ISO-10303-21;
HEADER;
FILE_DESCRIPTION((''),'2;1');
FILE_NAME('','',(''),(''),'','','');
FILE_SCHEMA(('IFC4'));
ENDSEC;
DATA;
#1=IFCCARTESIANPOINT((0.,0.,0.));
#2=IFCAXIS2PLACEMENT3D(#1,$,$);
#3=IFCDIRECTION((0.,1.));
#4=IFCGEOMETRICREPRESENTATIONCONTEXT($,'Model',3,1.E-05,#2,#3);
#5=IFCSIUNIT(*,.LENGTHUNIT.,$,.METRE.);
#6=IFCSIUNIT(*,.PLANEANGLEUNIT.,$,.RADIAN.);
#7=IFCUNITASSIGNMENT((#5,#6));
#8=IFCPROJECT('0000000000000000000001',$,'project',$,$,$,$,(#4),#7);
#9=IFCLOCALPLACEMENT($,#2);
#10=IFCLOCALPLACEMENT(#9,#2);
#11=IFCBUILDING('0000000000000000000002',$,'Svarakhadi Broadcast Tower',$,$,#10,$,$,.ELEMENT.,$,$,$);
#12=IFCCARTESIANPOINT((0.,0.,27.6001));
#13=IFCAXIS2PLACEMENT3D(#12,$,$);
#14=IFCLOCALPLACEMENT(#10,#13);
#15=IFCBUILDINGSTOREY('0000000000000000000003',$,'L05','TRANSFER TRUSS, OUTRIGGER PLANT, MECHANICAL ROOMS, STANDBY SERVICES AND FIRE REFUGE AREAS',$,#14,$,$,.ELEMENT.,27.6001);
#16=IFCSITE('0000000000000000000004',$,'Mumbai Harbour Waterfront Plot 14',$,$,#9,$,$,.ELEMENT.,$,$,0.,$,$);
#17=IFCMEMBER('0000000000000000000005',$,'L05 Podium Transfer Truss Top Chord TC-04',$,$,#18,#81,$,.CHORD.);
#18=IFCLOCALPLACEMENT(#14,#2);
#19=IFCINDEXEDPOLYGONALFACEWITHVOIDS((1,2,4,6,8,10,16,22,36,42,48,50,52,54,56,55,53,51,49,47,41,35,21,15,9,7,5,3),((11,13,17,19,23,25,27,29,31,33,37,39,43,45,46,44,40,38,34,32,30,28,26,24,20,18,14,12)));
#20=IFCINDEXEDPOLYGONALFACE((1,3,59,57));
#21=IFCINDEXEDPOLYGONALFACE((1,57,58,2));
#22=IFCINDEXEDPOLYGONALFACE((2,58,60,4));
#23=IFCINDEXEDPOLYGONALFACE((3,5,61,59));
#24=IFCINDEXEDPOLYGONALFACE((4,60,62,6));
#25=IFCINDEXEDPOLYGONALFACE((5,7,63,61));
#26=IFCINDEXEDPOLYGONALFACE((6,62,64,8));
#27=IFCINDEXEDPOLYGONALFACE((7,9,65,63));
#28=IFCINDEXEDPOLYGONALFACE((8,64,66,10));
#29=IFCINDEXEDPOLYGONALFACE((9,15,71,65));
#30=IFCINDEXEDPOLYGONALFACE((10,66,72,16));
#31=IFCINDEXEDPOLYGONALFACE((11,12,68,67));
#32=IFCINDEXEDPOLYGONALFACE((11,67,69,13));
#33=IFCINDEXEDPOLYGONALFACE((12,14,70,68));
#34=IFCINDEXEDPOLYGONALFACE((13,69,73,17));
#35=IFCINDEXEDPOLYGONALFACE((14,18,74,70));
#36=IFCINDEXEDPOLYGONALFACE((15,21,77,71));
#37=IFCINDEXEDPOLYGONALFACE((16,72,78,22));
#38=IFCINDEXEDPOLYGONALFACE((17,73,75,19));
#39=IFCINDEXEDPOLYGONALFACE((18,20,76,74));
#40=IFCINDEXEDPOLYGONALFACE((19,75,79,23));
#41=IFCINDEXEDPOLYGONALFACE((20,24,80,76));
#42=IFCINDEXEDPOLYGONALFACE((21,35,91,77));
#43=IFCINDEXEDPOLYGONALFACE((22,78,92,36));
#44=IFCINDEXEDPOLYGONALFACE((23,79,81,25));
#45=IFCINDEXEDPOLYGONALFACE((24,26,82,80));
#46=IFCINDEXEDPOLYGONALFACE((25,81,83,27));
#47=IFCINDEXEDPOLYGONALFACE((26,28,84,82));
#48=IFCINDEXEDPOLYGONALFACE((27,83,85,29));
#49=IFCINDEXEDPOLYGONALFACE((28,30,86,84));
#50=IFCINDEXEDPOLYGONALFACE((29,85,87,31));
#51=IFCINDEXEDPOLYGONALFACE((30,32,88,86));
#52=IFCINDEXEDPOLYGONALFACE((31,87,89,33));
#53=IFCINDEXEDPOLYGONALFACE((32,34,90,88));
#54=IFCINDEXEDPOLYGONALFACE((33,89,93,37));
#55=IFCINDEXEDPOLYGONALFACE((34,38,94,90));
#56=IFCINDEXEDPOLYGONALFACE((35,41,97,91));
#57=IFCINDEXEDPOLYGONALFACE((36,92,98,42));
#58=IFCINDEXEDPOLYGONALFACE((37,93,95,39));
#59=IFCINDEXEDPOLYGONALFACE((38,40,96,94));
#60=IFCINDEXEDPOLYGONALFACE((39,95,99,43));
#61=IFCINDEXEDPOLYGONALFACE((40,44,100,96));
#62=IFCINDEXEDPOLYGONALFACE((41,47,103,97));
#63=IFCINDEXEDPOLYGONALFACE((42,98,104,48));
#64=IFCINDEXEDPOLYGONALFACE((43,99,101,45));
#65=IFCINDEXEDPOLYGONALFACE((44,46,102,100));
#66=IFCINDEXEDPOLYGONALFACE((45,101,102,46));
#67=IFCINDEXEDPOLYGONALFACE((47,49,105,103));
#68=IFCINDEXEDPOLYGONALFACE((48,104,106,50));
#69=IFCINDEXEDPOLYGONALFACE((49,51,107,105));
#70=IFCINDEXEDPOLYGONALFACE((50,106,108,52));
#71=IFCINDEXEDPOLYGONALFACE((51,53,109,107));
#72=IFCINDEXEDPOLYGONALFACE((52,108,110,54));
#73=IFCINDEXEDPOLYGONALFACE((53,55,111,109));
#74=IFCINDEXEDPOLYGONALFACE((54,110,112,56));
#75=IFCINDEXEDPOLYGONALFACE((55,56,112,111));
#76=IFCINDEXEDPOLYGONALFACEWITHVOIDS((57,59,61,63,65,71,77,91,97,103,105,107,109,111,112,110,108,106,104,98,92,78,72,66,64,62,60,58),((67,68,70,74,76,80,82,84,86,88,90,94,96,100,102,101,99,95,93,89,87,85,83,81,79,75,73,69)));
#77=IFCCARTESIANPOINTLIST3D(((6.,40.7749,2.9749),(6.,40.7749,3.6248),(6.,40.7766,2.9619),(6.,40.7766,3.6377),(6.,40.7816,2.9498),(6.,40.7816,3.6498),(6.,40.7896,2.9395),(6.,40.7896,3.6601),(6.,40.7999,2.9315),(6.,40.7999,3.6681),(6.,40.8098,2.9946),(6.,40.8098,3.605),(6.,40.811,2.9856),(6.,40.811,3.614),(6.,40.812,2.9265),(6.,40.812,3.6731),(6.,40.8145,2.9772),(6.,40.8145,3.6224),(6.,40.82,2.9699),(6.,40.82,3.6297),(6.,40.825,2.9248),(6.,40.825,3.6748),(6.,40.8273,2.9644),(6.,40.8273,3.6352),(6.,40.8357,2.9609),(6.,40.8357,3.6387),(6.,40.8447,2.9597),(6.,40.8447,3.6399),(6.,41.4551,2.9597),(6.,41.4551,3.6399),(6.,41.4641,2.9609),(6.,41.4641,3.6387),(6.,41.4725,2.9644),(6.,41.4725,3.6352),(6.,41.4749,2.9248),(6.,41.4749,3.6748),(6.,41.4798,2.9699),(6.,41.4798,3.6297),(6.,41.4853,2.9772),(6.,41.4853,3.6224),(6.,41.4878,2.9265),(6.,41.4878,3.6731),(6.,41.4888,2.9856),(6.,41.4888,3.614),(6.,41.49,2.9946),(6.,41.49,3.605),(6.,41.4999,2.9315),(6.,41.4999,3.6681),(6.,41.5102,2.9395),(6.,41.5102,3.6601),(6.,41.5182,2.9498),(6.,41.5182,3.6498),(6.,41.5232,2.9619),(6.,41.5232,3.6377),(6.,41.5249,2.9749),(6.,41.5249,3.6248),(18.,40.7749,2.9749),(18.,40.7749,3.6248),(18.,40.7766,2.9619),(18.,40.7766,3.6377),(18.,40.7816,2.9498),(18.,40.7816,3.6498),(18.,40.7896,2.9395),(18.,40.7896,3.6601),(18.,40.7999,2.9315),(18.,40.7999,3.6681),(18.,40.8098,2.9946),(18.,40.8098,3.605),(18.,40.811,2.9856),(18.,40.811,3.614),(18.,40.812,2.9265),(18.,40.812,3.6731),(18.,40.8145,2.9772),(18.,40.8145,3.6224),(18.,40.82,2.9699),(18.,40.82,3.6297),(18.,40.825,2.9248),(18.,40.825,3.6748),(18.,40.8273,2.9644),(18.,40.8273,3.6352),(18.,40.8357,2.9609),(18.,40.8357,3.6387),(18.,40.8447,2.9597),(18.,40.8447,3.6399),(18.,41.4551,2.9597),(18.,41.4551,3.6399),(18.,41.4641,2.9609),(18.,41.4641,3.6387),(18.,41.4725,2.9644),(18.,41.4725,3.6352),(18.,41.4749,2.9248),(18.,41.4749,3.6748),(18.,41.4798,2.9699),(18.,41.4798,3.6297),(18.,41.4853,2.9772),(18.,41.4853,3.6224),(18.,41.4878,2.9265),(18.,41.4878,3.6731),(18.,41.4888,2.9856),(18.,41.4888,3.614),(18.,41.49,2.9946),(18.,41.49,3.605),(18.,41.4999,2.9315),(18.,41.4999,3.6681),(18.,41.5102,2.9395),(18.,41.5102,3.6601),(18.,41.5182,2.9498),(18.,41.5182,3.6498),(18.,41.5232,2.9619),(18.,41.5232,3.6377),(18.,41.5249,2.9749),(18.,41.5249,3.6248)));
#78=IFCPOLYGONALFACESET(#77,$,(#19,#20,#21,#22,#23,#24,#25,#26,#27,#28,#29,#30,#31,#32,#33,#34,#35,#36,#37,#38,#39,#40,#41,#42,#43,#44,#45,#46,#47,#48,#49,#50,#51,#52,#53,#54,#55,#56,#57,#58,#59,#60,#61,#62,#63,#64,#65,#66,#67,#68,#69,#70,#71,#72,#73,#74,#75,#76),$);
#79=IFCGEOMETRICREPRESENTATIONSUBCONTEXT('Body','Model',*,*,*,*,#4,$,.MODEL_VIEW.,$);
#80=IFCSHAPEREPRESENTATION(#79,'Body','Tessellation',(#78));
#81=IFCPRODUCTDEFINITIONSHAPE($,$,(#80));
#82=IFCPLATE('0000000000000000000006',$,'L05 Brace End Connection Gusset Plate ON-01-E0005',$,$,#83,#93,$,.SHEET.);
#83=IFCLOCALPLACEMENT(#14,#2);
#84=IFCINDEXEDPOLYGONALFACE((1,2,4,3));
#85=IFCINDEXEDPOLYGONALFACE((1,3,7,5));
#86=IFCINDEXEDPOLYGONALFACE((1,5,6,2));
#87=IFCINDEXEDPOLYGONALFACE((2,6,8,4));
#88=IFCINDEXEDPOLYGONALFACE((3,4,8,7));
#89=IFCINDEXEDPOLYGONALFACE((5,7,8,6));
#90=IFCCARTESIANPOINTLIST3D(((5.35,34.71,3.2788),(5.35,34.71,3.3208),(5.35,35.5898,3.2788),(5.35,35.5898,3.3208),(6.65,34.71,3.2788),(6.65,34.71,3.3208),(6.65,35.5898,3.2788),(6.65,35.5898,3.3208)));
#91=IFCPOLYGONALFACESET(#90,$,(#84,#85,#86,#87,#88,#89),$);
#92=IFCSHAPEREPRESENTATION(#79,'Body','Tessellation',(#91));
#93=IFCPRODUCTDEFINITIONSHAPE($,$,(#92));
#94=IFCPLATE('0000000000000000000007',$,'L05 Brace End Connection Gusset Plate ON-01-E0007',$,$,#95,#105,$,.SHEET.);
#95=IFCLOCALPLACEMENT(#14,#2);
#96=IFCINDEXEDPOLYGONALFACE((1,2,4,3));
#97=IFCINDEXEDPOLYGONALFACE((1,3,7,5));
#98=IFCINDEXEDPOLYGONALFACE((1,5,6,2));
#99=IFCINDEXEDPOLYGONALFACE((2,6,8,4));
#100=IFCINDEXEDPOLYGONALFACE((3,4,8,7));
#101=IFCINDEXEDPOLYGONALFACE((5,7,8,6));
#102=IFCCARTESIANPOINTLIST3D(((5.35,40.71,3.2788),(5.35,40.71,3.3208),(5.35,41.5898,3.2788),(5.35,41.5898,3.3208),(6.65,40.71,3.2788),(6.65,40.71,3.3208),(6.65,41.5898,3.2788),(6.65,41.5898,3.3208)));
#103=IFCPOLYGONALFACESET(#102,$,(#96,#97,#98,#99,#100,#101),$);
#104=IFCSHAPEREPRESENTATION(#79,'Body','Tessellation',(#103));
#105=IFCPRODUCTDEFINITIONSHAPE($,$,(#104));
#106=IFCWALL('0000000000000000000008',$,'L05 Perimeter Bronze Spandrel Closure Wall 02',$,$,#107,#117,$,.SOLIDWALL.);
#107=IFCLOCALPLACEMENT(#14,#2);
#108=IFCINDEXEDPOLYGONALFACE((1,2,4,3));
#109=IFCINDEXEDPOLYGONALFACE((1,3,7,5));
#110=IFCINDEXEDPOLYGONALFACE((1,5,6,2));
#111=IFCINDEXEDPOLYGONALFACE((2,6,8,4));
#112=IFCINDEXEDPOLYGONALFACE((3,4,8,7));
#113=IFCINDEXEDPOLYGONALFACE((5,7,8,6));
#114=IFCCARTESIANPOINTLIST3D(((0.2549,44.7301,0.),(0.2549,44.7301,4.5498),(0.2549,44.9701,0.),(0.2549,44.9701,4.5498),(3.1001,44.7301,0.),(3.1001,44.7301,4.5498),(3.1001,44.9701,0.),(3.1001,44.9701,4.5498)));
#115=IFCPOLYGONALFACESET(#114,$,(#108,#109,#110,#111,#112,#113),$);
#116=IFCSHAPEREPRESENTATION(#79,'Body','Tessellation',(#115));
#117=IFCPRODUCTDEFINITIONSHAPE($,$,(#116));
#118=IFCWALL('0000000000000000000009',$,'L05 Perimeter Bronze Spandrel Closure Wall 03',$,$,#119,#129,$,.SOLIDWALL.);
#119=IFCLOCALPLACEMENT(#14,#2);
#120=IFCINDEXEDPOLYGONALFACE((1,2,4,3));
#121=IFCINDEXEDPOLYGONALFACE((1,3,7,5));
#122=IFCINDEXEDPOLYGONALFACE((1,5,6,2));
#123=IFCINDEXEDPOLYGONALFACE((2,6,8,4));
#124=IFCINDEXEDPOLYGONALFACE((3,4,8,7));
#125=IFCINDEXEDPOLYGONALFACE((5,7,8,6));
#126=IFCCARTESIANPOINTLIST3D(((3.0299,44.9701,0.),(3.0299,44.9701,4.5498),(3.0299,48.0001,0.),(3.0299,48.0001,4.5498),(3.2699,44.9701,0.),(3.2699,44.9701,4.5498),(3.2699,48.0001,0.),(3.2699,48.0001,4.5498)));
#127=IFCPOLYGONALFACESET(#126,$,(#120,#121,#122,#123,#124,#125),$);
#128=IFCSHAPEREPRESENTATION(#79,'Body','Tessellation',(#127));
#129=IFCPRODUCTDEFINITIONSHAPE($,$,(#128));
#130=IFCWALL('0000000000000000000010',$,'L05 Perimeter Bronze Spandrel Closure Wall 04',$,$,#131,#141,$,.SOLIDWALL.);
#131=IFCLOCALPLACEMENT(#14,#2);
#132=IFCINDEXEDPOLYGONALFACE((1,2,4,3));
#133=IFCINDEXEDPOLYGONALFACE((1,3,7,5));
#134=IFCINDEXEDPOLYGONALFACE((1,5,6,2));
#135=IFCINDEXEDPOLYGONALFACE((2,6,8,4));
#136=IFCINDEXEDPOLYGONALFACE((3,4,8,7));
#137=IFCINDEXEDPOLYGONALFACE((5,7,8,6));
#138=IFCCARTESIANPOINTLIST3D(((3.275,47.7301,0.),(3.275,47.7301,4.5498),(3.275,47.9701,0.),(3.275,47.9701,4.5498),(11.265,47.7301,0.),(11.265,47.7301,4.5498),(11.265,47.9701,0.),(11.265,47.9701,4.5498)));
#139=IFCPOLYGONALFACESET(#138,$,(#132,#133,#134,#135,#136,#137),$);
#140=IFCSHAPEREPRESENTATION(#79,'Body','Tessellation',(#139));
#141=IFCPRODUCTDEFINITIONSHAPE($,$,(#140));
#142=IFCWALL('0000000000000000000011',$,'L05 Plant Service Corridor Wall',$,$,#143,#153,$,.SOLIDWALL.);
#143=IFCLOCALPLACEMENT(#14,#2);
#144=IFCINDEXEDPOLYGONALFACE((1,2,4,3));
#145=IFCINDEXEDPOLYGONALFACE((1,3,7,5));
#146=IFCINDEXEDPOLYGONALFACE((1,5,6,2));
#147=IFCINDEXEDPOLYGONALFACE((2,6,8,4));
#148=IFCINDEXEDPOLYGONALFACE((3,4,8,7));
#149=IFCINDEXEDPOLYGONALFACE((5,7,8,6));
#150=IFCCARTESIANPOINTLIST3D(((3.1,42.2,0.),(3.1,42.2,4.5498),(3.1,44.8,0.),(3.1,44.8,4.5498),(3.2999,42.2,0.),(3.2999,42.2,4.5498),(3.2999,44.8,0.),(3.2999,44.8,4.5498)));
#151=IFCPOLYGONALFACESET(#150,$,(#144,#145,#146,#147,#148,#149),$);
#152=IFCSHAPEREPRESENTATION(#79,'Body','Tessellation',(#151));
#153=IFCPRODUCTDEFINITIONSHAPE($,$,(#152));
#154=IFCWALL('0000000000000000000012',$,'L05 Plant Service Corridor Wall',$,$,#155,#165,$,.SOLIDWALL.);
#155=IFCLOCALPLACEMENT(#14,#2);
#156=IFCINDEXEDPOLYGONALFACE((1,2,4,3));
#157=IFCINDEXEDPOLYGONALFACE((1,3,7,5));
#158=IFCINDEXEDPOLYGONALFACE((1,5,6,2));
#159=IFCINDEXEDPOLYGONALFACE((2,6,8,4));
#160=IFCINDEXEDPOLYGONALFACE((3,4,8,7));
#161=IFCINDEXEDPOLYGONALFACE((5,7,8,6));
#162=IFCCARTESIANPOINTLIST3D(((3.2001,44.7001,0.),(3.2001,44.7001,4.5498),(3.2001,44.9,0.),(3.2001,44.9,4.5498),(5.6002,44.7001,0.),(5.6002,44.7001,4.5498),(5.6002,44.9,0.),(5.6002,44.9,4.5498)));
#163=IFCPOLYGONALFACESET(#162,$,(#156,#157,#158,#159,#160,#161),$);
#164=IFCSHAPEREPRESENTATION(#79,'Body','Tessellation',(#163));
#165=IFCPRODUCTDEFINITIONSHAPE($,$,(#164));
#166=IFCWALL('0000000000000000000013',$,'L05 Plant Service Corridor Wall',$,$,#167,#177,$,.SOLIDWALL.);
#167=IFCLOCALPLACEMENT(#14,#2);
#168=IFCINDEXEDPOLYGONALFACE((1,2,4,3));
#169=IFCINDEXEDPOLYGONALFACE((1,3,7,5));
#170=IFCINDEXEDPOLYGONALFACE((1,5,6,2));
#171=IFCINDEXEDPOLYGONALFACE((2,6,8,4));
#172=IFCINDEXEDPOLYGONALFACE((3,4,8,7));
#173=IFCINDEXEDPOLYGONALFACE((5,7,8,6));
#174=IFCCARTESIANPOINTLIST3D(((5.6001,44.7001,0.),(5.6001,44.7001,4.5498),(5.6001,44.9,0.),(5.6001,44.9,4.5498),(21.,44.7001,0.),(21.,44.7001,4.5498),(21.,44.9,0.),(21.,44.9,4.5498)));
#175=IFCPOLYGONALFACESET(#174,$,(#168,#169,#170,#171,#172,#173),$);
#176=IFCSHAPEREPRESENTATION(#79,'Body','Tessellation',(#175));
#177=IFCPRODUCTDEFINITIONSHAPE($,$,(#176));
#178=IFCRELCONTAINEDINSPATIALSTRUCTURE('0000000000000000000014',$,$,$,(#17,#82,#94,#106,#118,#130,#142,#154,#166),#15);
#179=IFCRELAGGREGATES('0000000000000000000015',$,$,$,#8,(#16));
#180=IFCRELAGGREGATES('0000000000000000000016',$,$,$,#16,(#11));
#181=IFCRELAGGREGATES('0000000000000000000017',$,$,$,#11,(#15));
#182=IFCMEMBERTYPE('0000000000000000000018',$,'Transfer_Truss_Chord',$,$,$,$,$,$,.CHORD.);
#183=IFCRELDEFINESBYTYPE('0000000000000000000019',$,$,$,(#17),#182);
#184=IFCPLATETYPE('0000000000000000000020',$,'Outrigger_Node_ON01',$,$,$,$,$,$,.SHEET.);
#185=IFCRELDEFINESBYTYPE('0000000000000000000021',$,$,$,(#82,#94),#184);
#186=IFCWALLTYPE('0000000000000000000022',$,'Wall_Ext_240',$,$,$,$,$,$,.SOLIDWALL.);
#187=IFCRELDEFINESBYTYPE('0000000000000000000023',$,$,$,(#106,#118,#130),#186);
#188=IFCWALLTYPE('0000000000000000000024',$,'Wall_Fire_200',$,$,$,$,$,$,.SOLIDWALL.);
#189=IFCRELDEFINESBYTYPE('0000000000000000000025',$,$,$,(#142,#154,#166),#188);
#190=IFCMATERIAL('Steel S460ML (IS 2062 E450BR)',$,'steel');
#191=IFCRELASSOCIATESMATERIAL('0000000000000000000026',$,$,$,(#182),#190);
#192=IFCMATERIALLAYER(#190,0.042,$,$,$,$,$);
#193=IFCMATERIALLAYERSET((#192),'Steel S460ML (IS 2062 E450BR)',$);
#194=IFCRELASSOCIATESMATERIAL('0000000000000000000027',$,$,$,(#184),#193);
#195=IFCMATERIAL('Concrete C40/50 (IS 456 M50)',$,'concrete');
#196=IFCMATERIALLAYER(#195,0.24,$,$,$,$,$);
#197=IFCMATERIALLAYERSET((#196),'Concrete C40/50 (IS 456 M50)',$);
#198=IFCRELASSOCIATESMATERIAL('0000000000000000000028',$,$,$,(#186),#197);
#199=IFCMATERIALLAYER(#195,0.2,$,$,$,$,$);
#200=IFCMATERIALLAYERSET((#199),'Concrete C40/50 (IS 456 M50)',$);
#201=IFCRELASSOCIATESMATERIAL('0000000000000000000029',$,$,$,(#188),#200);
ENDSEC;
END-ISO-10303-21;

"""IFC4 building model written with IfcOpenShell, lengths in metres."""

from ifc_helpers import new_model, si_unit, direction, frame, frame_2d, origin, origin_2d, place, context, subcontext, project, spatial, rectangle, hollow_rectangle, extrude, material, layer, layer_set, material_profile, profile_set, type_object, element, save


model = new_model("IFC4")

# Units and contexts
model_context = context("Model", 3, precision=1e-05, world=origin(), true_north=direction((0.0, 1.0)))
body_context = subcontext(model_context, "Body", "Model", "MODEL_VIEW")
ifc_project = project(units=[si_unit("LENGTHUNIT", "METRE"), si_unit("PLANEANGLEUNIT", "RADIAN")], contexts=[model_context])

# Site, building, storey
site_placement = place(None, origin())
site = spatial("IfcSite", under=ifc_project, at=site_placement, Name="Mumbai Harbour Waterfront Plot 14", CompositionType="ELEMENT", RefElevation=0.0)
building_placement = place(site_placement, origin())
building = spatial("IfcBuilding", under=site, at=building_placement, Name="Svarakhadi Broadcast Tower", CompositionType="ELEMENT")
storey_placement = place(building_placement, frame((0.0, 0.0, 27.6001)))
storey = spatial("IfcBuildingStorey", under=building, at=storey_placement, Name="L05", Description="TRANSFER TRUSS, OUTRIGGER PLANT, MECHANICAL ROOMS, STANDBY SERVICES AND FIRE REFUGE AREAS", CompositionType="ELEMENT", Elevation=27.6001)

# Shared definitions
ifc_material_1 = material(Name="Steel S460ML (IS 2062 E450BR)", Category="steel")

# Member
ifc_material_profile_1 = material_profile(ifc_material_1, hollow_rectangle(XDim=0.75, YDim=0.75, WallThickness=0.0349, InnerFilletRadius=0.0349, OuterFilletRadius=0.05, at=origin_2d()), Name="BOX 750x750x35")
ifc_profile_set_1 = profile_set([ifc_material_profile_1], Name="Steel S460ML (IS 2062 E450BR)")
member_type_1 = type_object("IfcMemberType", Name="Transfer_Truss_Chord", PredefinedType="CHORD", material=ifc_profile_set_1)
member_1_placement = place(storey_placement, frame((6.0, 41.1499, 3.2998), z_axis=(1.0, 0.0, 0.0), x_axis=(0.0, 1.0, 0.0)))
element("IfcMember", 1, at=member_1_placement, inside=storey, type_object=member_type_1, Name="L05 Podium Transfer Truss Top Chord TC-04", PredefinedType="CHORD", context=body_context, shape_type="SweptSolid", body=[
    extrude(hollow_rectangle(XDim=0.75, YDim=0.75, WallThickness=0.0349, InnerFilletRadius=0.0349, OuterFilletRadius=0.05, at=origin_2d()), origin(), (0.0, 0.0, 1.0), 12.0),
])

# Plates
ifc_layer_1 = layer(ifc_material_1, 0.042)
ifc_layer_set_1 = layer_set([ifc_layer_1], Name="Steel S460ML (IS 2062 E450BR)")
plate_type = type_object("IfcPlateType", Name="Outrigger_Node_ON01", PredefinedType="SHEET", material=ifc_layer_set_1)
for number, where, z_axis, x_axis, name in (
    (2, (6.0, 35.1499, 3.2788), (0.0, 0.0, 1.0), (1.0, 0.0, 0.0), "L05 Brace End Connection Gusset Plate ON-01-E0005"),
    (3, (6.0, 41.1499, 3.2788), (0.0, 0.0, 1.0), (1.0, 0.0, 0.0), "L05 Brace End Connection Gusset Plate ON-01-E0007"),
):
    element("IfcPlate", number, at=place(storey_placement, frame(where, z_axis=z_axis, x_axis=x_axis)), inside=storey, type_object=plate_type, Name=name, PredefinedType="SHEET", context=body_context, shape_type="SweptSolid", body=[
        extrude(rectangle(XDim=1.3, YDim=0.8799, at=origin_2d()), origin(), (0.0, 0.0, 1.0), 0.042),
    ])

# Walls
ifc_material_2 = material(Name="Concrete C40/50 (IS 456 M50)", Category="concrete")
ifc_layer_2 = layer(ifc_material_2, 0.24)
ifc_layer_set_2 = layer_set([ifc_layer_2], Name="Concrete C40/50 (IS 456 M50)")
wall_type_1 = type_object("IfcWallType", Name="Wall_Ext_240", PredefinedType="SOLIDWALL", material=ifc_layer_set_2)
wall_1_placement = place(storey_placement, frame((0.2549, 44.8501, 0.0), z_axis=(0.0, 0.0, 1.0), x_axis=(1.0, 0.0, 0.0)))
element("IfcWall", 4, at=wall_1_placement, inside=storey, type_object=wall_type_1, Name="L05 Perimeter Bronze Spandrel Closure Wall 02", PredefinedType="SOLIDWALL", context=body_context, shape_type="SweptSolid", body=[
    extrude(rectangle(XDim=2.8452, YDim=0.24, at=frame_2d((1.4226, 0.0))), origin(), (0.0, 0.0, 1.0), 4.5498),
])
wall_2_placement = place(storey_placement, frame((3.1499, 44.97, 0.0), z_axis=(0.0, 0.0, 1.0), x_axis=(0.0, 1.0, 0.0)))
element("IfcWall", 5, at=wall_2_placement, inside=storey, type_object=wall_type_1, Name="L05 Perimeter Bronze Spandrel Closure Wall 03", PredefinedType="SOLIDWALL", context=body_context, shape_type="SweptSolid", body=[
    extrude(rectangle(XDim=3.03, YDim=0.24, at=frame_2d((1.5151, 0.0))), origin(), (0.0, 0.0, 1.0), 4.5498),
])
wall_3_placement = place(storey_placement, frame((3.2749, 47.8501, 0.0), z_axis=(0.0, 0.0, 1.0), x_axis=(1.0, 0.0, 0.0)))
element("IfcWall", 6, at=wall_3_placement, inside=storey, type_object=wall_type_1, Name="L05 Perimeter Bronze Spandrel Closure Wall 04", PredefinedType="SOLIDWALL", context=body_context, shape_type="SweptSolid", body=[
    extrude(rectangle(XDim=7.99, YDim=0.24, at=frame_2d((3.9951, 0.0))), origin(), (0.0, 0.0, 1.0), 4.5498),
])
ifc_layer_3 = layer(ifc_material_2, 0.2)
ifc_layer_set_3 = layer_set([ifc_layer_3], Name="Concrete C40/50 (IS 456 M50)")
wall_type_2 = type_object("IfcWallType", Name="Wall_Fire_200", PredefinedType="SOLIDWALL", material=ifc_layer_set_3)
wall_4_placement = place(storey_placement, frame((3.2, 42.2, 0.0), z_axis=(0.0, 0.0, 1.0), x_axis=(0.0, 1.0, 0.0)))
element("IfcWall", 7, at=wall_4_placement, inside=storey, type_object=wall_type_2, Name="L05 Plant Service Corridor Wall", PredefinedType="SOLIDWALL", context=body_context, shape_type="SweptSolid", body=[
    extrude(rectangle(XDim=2.6001, YDim=0.2, at=frame_2d((1.3, 0.0))), origin(), (0.0, 0.0, 1.0), 4.5498),
])
wall_5_placement = place(storey_placement, frame((3.2, 44.8, 0.0), z_axis=(0.0, 0.0, 1.0), x_axis=(1.0, 0.0, 0.0)))
element("IfcWall", 8, at=wall_5_placement, inside=storey, type_object=wall_type_2, Name="L05 Plant Service Corridor Wall", PredefinedType="SOLIDWALL", context=body_context, shape_type="SweptSolid", body=[
    extrude(rectangle(XDim=2.4001, YDim=0.2, at=frame_2d((1.2002, 0.0))), origin(), (0.0, 0.0, 1.0), 4.5498),
])
wall_6_placement = place(storey_placement, frame((5.6001, 44.8, 0.0), z_axis=(0.0, 0.0, 1.0), x_axis=(1.0, 0.0, 0.0)))
element("IfcWall", 9, at=wall_6_placement, inside=storey, type_object=wall_type_2, Name="L05 Plant Service Corridor Wall", PredefinedType="SOLIDWALL", context=body_context, shape_type="SweptSolid", body=[
    extrude(rectangle(XDim=15.3999, YDim=0.2, at=frame_2d((7.7, 0.0))), origin(), (0.0, 0.0, 1.0), 4.5498),
])

save(model, "model.ifc")
